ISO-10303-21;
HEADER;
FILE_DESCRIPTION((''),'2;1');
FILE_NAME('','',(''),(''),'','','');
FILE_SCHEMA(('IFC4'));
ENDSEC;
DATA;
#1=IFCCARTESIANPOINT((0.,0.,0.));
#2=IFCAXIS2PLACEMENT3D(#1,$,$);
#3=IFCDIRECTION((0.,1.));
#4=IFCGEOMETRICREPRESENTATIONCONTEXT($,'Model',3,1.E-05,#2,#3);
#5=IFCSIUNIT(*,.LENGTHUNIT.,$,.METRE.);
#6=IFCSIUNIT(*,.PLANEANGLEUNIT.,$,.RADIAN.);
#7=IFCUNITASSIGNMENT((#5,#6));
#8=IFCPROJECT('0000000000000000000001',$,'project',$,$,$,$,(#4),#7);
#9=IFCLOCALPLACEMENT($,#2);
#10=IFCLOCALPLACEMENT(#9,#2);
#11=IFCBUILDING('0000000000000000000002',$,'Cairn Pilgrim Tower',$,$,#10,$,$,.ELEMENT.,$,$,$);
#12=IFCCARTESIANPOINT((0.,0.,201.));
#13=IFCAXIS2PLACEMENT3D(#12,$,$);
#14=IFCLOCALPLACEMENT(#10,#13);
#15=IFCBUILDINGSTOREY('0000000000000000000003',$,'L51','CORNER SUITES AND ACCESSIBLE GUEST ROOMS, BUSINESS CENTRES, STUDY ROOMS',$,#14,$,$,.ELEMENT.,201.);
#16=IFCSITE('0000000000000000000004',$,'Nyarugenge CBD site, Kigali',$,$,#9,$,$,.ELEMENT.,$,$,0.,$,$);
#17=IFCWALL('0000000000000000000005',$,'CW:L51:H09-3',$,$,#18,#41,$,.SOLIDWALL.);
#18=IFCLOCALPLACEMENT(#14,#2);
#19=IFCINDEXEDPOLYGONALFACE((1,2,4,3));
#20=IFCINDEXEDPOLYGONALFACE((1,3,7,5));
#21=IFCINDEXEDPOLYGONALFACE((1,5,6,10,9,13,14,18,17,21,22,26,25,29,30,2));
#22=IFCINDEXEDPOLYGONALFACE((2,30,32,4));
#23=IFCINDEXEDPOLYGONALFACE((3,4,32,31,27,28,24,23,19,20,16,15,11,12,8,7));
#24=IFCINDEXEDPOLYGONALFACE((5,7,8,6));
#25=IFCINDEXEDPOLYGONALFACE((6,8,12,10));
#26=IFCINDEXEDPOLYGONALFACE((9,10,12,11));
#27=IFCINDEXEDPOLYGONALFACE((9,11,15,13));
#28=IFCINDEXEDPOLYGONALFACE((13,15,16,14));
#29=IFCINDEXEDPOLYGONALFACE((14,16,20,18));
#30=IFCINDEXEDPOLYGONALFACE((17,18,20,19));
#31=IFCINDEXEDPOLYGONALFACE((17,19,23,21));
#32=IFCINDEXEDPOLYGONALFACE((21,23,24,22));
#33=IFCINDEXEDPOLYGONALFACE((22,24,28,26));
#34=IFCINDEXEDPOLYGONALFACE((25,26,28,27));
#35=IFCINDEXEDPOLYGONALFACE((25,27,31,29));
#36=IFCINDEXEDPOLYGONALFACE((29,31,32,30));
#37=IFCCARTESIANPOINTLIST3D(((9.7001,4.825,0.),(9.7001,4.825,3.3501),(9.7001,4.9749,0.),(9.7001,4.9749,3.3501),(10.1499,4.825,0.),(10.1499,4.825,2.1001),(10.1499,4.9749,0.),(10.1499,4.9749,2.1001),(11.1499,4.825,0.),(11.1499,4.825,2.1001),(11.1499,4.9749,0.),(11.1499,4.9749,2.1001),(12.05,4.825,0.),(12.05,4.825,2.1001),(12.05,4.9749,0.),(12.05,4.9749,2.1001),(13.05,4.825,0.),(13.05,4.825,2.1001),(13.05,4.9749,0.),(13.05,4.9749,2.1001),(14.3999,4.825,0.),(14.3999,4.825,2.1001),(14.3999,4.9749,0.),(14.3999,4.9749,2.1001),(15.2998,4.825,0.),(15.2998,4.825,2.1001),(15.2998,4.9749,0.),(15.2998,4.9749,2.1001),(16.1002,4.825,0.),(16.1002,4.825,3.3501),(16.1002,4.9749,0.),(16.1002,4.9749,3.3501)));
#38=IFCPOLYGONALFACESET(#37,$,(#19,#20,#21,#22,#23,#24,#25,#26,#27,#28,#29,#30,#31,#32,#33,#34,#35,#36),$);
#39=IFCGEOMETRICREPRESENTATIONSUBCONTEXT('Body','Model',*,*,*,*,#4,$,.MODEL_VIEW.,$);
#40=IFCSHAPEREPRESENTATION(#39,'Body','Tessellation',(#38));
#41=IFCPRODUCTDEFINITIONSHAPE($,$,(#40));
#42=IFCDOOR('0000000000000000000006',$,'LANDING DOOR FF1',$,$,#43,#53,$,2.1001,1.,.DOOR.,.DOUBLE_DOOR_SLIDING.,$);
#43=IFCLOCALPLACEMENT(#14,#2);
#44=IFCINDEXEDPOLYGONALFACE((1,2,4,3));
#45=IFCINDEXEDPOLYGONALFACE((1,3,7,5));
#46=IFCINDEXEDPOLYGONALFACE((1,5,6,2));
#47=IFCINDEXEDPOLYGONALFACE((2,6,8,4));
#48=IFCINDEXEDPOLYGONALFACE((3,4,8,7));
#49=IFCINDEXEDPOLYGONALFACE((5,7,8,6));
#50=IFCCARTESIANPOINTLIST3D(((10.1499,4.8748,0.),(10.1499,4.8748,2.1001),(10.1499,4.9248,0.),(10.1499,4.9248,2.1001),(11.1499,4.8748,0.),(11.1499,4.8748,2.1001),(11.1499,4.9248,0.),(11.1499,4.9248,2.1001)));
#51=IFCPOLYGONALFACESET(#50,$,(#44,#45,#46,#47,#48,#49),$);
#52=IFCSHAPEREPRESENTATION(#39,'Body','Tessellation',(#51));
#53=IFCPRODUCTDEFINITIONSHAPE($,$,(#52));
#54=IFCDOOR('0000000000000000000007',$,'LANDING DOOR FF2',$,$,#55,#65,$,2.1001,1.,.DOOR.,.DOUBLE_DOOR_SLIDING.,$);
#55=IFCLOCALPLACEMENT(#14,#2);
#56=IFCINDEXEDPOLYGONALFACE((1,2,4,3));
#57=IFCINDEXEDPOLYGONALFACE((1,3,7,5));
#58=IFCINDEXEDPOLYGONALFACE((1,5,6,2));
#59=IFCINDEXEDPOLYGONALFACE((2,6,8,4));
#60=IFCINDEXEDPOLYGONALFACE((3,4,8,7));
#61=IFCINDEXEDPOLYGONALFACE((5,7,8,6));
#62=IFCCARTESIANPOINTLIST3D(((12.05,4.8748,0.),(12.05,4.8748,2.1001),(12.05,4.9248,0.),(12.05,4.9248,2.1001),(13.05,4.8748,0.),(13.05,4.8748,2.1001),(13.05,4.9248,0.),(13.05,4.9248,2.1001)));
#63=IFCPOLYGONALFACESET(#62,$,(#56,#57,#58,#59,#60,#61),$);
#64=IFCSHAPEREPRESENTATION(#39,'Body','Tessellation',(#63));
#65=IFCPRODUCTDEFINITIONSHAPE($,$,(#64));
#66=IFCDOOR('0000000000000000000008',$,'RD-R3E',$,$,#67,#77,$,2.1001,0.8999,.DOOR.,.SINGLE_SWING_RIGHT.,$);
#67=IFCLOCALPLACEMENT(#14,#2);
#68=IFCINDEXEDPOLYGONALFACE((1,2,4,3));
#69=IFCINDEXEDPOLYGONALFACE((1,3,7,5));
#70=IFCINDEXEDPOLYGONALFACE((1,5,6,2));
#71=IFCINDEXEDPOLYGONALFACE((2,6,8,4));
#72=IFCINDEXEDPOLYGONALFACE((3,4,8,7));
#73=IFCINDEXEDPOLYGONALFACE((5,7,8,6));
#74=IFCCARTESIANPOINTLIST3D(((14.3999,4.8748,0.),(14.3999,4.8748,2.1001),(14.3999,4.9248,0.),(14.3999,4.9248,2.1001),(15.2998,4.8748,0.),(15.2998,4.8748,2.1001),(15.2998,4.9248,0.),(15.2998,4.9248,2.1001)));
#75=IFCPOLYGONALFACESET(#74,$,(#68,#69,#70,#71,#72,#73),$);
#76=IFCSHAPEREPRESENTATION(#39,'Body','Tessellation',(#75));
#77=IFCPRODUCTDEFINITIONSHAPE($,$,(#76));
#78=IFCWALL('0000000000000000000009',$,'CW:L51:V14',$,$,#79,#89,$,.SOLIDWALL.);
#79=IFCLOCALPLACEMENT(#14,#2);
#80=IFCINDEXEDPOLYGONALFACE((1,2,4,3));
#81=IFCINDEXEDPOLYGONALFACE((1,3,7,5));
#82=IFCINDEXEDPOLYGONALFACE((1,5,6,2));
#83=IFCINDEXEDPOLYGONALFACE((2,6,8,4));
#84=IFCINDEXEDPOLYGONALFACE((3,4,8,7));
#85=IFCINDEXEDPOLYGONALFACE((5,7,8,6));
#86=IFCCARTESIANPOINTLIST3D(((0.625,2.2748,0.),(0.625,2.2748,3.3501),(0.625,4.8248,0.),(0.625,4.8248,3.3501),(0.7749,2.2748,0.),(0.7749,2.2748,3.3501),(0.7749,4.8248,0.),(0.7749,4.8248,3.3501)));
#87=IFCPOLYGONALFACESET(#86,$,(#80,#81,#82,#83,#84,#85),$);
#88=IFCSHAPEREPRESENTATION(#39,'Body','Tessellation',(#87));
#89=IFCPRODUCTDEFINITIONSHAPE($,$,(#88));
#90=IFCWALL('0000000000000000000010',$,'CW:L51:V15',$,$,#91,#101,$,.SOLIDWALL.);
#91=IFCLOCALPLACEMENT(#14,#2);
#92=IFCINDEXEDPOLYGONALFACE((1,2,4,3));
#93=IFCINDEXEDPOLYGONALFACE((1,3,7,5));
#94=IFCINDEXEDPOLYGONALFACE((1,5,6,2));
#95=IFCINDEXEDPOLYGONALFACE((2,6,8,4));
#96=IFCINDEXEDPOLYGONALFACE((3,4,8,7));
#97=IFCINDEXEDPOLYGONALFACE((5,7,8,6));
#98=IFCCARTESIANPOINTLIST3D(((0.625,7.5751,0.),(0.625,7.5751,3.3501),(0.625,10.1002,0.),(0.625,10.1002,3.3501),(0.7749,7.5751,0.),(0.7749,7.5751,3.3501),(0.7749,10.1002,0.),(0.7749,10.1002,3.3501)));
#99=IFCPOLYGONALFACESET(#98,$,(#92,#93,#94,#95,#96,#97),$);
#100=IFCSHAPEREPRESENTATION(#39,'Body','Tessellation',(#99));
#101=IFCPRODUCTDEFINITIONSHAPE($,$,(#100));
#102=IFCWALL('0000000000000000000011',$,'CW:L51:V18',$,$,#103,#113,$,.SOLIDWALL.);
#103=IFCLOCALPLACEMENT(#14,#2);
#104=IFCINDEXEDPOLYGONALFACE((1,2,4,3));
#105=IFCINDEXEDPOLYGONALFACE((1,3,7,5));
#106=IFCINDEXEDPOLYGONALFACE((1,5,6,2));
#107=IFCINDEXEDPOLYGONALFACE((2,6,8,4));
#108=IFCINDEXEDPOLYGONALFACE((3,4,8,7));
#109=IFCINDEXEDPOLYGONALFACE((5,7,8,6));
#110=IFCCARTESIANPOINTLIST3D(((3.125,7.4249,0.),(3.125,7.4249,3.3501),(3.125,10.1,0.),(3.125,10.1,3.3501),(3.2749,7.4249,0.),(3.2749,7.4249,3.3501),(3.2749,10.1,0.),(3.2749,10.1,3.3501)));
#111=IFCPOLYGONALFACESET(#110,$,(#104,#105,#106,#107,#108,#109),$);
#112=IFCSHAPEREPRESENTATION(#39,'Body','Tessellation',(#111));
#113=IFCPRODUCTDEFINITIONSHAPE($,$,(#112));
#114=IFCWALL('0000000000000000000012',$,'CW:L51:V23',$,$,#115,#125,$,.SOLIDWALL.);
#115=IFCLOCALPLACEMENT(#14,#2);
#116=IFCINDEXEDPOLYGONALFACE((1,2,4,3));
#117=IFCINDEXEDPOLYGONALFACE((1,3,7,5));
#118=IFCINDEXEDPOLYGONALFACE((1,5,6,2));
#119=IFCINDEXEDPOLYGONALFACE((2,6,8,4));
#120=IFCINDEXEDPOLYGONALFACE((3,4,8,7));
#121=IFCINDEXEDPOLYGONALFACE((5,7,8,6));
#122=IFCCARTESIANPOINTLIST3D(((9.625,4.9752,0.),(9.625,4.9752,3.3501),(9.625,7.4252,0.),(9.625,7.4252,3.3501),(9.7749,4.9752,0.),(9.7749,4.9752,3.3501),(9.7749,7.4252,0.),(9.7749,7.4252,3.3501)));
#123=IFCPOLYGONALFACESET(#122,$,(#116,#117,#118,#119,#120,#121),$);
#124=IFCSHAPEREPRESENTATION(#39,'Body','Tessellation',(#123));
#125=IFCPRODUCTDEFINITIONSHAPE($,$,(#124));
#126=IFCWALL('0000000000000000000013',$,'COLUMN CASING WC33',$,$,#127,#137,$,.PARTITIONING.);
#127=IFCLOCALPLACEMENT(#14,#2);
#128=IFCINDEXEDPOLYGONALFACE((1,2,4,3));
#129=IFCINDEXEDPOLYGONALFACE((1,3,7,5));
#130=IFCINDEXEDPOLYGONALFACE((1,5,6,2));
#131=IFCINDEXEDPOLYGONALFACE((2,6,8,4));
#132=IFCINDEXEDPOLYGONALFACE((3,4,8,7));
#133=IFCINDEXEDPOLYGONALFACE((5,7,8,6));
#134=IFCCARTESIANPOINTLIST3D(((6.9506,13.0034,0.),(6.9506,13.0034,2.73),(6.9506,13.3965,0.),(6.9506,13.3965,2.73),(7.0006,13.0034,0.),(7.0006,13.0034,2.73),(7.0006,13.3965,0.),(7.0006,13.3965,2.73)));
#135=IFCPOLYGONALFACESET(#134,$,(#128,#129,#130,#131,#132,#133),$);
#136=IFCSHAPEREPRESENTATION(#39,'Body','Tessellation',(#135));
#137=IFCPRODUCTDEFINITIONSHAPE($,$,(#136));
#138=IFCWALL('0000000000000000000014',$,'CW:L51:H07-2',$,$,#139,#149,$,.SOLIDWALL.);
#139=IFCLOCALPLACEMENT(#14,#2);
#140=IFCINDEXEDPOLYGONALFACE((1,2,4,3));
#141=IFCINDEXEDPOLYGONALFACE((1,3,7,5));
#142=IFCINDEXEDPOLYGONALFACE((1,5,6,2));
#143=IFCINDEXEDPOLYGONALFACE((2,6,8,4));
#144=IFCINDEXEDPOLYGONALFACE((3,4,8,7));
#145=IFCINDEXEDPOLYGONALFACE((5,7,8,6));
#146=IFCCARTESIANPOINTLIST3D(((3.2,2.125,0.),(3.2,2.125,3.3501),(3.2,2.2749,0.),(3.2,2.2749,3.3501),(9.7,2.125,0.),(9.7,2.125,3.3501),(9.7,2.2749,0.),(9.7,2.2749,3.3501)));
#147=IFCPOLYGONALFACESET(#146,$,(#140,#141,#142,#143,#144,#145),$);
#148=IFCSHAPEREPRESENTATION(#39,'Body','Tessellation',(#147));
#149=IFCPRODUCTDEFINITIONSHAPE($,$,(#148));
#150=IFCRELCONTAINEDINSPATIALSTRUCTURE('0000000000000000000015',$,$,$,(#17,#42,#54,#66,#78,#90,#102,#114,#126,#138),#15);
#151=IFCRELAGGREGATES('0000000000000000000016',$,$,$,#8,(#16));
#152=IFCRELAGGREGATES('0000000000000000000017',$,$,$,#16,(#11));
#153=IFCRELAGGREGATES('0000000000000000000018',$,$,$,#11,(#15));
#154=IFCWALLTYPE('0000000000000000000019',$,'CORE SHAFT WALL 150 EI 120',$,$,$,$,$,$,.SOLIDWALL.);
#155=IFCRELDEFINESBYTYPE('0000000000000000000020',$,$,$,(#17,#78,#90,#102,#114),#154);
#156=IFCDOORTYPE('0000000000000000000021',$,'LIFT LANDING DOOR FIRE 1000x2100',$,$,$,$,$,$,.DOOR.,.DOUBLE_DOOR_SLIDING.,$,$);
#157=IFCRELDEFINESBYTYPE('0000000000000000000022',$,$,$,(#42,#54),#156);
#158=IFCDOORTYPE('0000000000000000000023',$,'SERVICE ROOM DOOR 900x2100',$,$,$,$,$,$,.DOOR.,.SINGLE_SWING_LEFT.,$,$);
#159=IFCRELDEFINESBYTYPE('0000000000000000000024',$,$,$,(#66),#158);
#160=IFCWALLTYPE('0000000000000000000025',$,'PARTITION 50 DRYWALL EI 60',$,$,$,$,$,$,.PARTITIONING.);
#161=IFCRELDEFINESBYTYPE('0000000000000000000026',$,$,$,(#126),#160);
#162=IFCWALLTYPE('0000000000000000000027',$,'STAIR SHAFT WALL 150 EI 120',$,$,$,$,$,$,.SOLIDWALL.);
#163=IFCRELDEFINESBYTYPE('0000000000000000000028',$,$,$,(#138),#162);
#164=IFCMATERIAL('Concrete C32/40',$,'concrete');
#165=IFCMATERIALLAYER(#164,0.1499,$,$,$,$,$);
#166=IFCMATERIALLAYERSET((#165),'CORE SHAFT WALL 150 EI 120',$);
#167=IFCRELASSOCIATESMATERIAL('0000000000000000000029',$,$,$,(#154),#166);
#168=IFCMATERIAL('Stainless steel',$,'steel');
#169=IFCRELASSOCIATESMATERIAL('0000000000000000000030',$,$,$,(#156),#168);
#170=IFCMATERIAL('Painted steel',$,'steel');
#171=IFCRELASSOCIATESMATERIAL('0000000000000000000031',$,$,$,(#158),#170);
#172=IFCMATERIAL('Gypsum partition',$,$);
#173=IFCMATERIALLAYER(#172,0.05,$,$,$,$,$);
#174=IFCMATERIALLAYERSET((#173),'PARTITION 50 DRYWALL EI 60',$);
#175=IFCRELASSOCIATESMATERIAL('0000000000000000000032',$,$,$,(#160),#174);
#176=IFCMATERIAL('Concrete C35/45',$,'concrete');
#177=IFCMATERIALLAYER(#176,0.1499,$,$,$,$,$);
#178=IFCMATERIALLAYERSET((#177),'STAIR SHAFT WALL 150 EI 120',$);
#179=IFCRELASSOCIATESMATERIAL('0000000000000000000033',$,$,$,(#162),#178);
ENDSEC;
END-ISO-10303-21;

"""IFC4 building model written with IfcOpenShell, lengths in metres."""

from ifc_helpers import new_model, si_unit, direction, frame, frame_2d, origin, place, context, subcontext, project, spatial, rectangle, extrude, material, layer, layer_set, type_object, element, fill, save


model = new_model("IFC4")

# Units and contexts
model_context = context("Model", 3, precision=1e-05, world=origin(), true_north=direction((0.0, 1.0)))
body_context = subcontext(model_context, "Body", "Model", "MODEL_VIEW")
ifc_project = project(units=[si_unit("LENGTHUNIT", "METRE"), si_unit("PLANEANGLEUNIT", "RADIAN")], contexts=[model_context])

# Site, building, storey
site_placement = place(None, origin())
site = spatial("IfcSite", under=ifc_project, at=site_placement, Name="Nyarugenge CBD site, Kigali", CompositionType="ELEMENT", RefElevation=0.0)
building_placement = place(site_placement, origin())
building = spatial("IfcBuilding", under=site, at=building_placement, Name="Cairn Pilgrim Tower", CompositionType="ELEMENT")
storey_placement = place(building_placement, frame((0.0, 0.0, 201.0)))
storey = spatial("IfcBuildingStorey", under=building, at=storey_placement, Name="L51", Description="CORNER SUITES AND ACCESSIBLE GUEST ROOMS, BUSINESS CENTRES, STUDY ROOMS", CompositionType="ELEMENT", Elevation=201.0)

# Shared definitions
ifc_material_1 = material(Name="Concrete C32/40", Category="concrete")

# Shared definitions
ifc_layer_1 = layer(ifc_material_1, 0.1499)
ifc_layer_set_1 = layer_set([ifc_layer_1], Name="CORE SHAFT WALL 150 EI 120")
wall_type_1 = type_object("IfcWallType", Name="CORE SHAFT WALL 150 EI 120", PredefinedType="SOLIDWALL", material=ifc_layer_set_1)

# Wall, openings, doors
wall_1_placement = place(storey_placement, frame((9.7, 4.8999, 0.0), z_axis=(0.0, 0.0, 1.0), x_axis=(1.0, 0.0, 0.0)))
wall_1 = element("IfcWall", 1, at=wall_1_placement, inside=storey, type_object=wall_type_1, Name="CW:L51:H09-3", PredefinedType="SOLIDWALL", context=body_context, shape_type="SweptSolid", body=[
    extrude(rectangle(XDim=6.4001, YDim=0.1499, at=frame_2d((3.2002, 0.0))), origin(), (0.0, 0.0, 1.0), 3.3501),
])
opening_1_placement = place(wall_1_placement, frame((0.45, 0.0, 0.0)))
opening_1 = element("IfcOpeningElement", 2, at=opening_1_placement, cuts=wall_1, PredefinedType="OPENING", context=body_context, shape_type="SweptSolid", body=[
    extrude(rectangle(XDim=1.0, YDim=2.1001, at=frame_2d((0.5, 1.05))), frame((0.0, 0.085, 0.0), z_axis=(0.0, -1.0, 0.0), x_axis=(1.0, 0.0, 0.0)), (0.0, 0.0, 1.0), 0.1699),
])
opening_2_placement = place(wall_1_placement, frame((2.3501, 0.0, 0.0)))
opening_2 = element("IfcOpeningElement", 3, at=opening_2_placement, cuts=wall_1, PredefinedType="OPENING", context=body_context, shape_type="SweptSolid", body=[
    extrude(rectangle(XDim=1.0, YDim=2.1001, at=frame_2d((0.5, 1.05))), frame((0.0, 0.085, 0.0), z_axis=(0.0, -1.0, 0.0), x_axis=(1.0, 0.0, 0.0)), (0.0, 0.0, 1.0), 0.1699),
])
opening_3_placement = place(wall_1_placement, frame((4.7, 0.0, 0.0)))
opening_3 = element("IfcOpeningElement", 4, at=opening_3_placement, cuts=wall_1, PredefinedType="OPENING", context=body_context, shape_type="SweptSolid", body=[
    extrude(rectangle(XDim=0.8999, YDim=2.1001, at=frame_2d((0.45, 1.05))), frame((0.0, 0.085, 0.0), z_axis=(0.0, -1.0, 0.0), x_axis=(1.0, 0.0, 0.0)), (0.0, 0.0, 1.0), 0.1699),
])
ifc_material_2 = material(Name="Stainless steel", Category="steel")
door_type_1 = type_object("IfcDoorType", Name="LIFT LANDING DOOR FIRE 1000x2100", OperationType="DOUBLE_DOOR_SLIDING", PredefinedType="DOOR", material=ifc_material_2)
door_1_placement = place(opening_1_placement, origin())
door_1 = element("IfcDoor", 5, at=door_1_placement, inside=storey, type_object=door_type_1, Name="LANDING DOOR FF1", OperationType="DOUBLE_DOOR_SLIDING", OverallHeight=2.1001, OverallWidth=1.0, PredefinedType="DOOR", context=body_context, shape_type="SweptSolid", body=[
    extrude(rectangle(XDim=1.0, YDim=2.1001, at=frame_2d((0.5, 1.05))), frame((0.0, 0.0249, 0.0), z_axis=(0.0, -1.0, 0.0), x_axis=(1.0, 0.0, 0.0)), (0.0, 0.0, 1.0), 0.05),
])
fill(opening_1, door_1)
door_2_placement = place(opening_2_placement, origin())
door_2 = element("IfcDoor", 6, at=door_2_placement, inside=storey, type_object=door_type_1, Name="LANDING DOOR FF2", OperationType="DOUBLE_DOOR_SLIDING", OverallHeight=2.1001, OverallWidth=1.0, PredefinedType="DOOR", context=body_context, shape_type="SweptSolid", body=[
    extrude(rectangle(XDim=1.0, YDim=2.1001, at=frame_2d((0.5, 1.05))), frame((0.0, 0.0249, 0.0), z_axis=(0.0, -1.0, 0.0), x_axis=(1.0, 0.0, 0.0)), (0.0, 0.0, 1.0), 0.05),
])
fill(opening_2, door_2)
ifc_material_3 = material(Name="Painted steel", Category="steel")
door_type_2 = type_object("IfcDoorType", Name="SERVICE ROOM DOOR 900x2100", OperationType="SINGLE_SWING_LEFT", PredefinedType="DOOR", material=ifc_material_3)
door_3_placement = place(opening_3_placement, origin())
door_3 = element("IfcDoor", 7, at=door_3_placement, inside=storey, type_object=door_type_2, Name="RD-R3E", OperationType="SINGLE_SWING_RIGHT", OverallHeight=2.1001, OverallWidth=0.8999, PredefinedType="DOOR", context=body_context, shape_type="SweptSolid", body=[
    extrude(rectangle(XDim=0.8999, YDim=2.1001, at=frame_2d((0.45, 1.05))), frame((0.0, 0.0249, 0.0), z_axis=(0.0, -1.0, 0.0), x_axis=(1.0, 0.0, 0.0)), (0.0, 0.0, 1.0), 0.05),
])
fill(opening_3, door_3)

# Walls
wall_2_placement = place(storey_placement, frame((0.7, 2.2749, 0.0), z_axis=(0.0, 0.0, 1.0), x_axis=(0.0, 1.0, 0.0)))
element("IfcWall", 8, at=wall_2_placement, inside=storey, type_object=wall_type_1, Name="CW:L51:V14", PredefinedType="SOLIDWALL", context=body_context, shape_type="SweptSolid", body=[
    extrude(rectangle(XDim=2.55, YDim=0.1499, at=frame_2d((1.2749, 0.0))), origin(), (0.0, 0.0, 1.0), 3.3501),
])
wall_3_placement = place(storey_placement, frame((0.7, 7.575, 0.0), z_axis=(0.0, 0.0, 1.0), x_axis=(0.0, 1.0, 0.0)))
element("IfcWall", 9, at=wall_3_placement, inside=storey, type_object=wall_type_1, Name="CW:L51:V15", PredefinedType="SOLIDWALL", context=body_context, shape_type="SweptSolid", body=[
    extrude(rectangle(XDim=2.5251, YDim=0.1499, at=frame_2d((1.2627, 0.0))), origin(), (0.0, 0.0, 1.0), 3.3501),
])
wall_4_placement = place(storey_placement, frame((3.2, 7.425, 0.0), z_axis=(0.0, 0.0, 1.0), x_axis=(0.0, 1.0, 0.0)))
element("IfcWall", 10, at=wall_4_placement, inside=storey, type_object=wall_type_1, Name="CW:L51:V18", PredefinedType="SOLIDWALL", context=body_context, shape_type="SweptSolid", body=[
    extrude(rectangle(XDim=2.675, YDim=0.1499, at=frame_2d((1.3374, 0.0))), origin(), (0.0, 0.0, 1.0), 3.3501),
])
wall_5_placement = place(storey_placement, frame((9.7, 4.9751, 0.0), z_axis=(0.0, 0.0, 1.0), x_axis=(0.0, 1.0, 0.0)))
element("IfcWall", 11, at=wall_5_placement, inside=storey, type_object=wall_type_1, Name="CW:L51:V23", PredefinedType="SOLIDWALL", context=body_context, shape_type="SweptSolid", body=[
    extrude(rectangle(XDim=2.45, YDim=0.1499, at=frame_2d((1.2251, 0.0))), origin(), (0.0, 0.0, 1.0), 3.3501),
])
ifc_material_4 = material(Name="Gypsum partition")
ifc_layer_2 = layer(ifc_material_4, 0.05)
ifc_layer_set_2 = layer_set([ifc_layer_2], Name="PARTITION 50 DRYWALL EI 60")
wall_type_2 = type_object("IfcWallType", Name="PARTITION 50 DRYWALL EI 60", PredefinedType="PARTITIONING", material=ifc_layer_set_2)
wall_6_placement = place(storey_placement, frame((6.9756, 13.0034, 0.0), z_axis=(0.0, 0.0, 1.0), x_axis=(0.0, 1.0, 0.0)))
element("IfcWall", 12, at=wall_6_placement, inside=storey, type_object=wall_type_2, Name="COLUMN CASING WC33", PredefinedType="PARTITIONING", context=body_context, shape_type="SweptSolid", body=[
    extrude(rectangle(XDim=0.3931, YDim=0.05, at=frame_2d((0.1965, 0.0))), origin(), (0.0, 0.0, 1.0), 2.73),
])
ifc_material_5 = material(Name="Concrete C35/45", Category="concrete")
ifc_layer_3 = layer(ifc_material_5, 0.1499)
ifc_layer_set_3 = layer_set([ifc_layer_3], Name="STAIR SHAFT WALL 150 EI 120")
wall_type_3 = type_object("IfcWallType", Name="STAIR SHAFT WALL 150 EI 120", PredefinedType="SOLIDWALL", material=ifc_layer_set_3)
wall_7_placement = place(storey_placement, frame((3.2, 2.2, 0.0), z_axis=(0.0, 0.0, 1.0), x_axis=(1.0, 0.0, 0.0)))
element("IfcWall", 13, at=wall_7_placement, inside=storey, type_object=wall_type_3, Name="CW:L51:H07-2", PredefinedType="SOLIDWALL", context=body_context, shape_type="SweptSolid", body=[
    extrude(rectangle(XDim=6.5, YDim=0.1499, at=frame_2d((3.25, 0.0))), origin(), (0.0, 0.0, 1.0), 3.3501),
])

save(model, "model.ifc")
